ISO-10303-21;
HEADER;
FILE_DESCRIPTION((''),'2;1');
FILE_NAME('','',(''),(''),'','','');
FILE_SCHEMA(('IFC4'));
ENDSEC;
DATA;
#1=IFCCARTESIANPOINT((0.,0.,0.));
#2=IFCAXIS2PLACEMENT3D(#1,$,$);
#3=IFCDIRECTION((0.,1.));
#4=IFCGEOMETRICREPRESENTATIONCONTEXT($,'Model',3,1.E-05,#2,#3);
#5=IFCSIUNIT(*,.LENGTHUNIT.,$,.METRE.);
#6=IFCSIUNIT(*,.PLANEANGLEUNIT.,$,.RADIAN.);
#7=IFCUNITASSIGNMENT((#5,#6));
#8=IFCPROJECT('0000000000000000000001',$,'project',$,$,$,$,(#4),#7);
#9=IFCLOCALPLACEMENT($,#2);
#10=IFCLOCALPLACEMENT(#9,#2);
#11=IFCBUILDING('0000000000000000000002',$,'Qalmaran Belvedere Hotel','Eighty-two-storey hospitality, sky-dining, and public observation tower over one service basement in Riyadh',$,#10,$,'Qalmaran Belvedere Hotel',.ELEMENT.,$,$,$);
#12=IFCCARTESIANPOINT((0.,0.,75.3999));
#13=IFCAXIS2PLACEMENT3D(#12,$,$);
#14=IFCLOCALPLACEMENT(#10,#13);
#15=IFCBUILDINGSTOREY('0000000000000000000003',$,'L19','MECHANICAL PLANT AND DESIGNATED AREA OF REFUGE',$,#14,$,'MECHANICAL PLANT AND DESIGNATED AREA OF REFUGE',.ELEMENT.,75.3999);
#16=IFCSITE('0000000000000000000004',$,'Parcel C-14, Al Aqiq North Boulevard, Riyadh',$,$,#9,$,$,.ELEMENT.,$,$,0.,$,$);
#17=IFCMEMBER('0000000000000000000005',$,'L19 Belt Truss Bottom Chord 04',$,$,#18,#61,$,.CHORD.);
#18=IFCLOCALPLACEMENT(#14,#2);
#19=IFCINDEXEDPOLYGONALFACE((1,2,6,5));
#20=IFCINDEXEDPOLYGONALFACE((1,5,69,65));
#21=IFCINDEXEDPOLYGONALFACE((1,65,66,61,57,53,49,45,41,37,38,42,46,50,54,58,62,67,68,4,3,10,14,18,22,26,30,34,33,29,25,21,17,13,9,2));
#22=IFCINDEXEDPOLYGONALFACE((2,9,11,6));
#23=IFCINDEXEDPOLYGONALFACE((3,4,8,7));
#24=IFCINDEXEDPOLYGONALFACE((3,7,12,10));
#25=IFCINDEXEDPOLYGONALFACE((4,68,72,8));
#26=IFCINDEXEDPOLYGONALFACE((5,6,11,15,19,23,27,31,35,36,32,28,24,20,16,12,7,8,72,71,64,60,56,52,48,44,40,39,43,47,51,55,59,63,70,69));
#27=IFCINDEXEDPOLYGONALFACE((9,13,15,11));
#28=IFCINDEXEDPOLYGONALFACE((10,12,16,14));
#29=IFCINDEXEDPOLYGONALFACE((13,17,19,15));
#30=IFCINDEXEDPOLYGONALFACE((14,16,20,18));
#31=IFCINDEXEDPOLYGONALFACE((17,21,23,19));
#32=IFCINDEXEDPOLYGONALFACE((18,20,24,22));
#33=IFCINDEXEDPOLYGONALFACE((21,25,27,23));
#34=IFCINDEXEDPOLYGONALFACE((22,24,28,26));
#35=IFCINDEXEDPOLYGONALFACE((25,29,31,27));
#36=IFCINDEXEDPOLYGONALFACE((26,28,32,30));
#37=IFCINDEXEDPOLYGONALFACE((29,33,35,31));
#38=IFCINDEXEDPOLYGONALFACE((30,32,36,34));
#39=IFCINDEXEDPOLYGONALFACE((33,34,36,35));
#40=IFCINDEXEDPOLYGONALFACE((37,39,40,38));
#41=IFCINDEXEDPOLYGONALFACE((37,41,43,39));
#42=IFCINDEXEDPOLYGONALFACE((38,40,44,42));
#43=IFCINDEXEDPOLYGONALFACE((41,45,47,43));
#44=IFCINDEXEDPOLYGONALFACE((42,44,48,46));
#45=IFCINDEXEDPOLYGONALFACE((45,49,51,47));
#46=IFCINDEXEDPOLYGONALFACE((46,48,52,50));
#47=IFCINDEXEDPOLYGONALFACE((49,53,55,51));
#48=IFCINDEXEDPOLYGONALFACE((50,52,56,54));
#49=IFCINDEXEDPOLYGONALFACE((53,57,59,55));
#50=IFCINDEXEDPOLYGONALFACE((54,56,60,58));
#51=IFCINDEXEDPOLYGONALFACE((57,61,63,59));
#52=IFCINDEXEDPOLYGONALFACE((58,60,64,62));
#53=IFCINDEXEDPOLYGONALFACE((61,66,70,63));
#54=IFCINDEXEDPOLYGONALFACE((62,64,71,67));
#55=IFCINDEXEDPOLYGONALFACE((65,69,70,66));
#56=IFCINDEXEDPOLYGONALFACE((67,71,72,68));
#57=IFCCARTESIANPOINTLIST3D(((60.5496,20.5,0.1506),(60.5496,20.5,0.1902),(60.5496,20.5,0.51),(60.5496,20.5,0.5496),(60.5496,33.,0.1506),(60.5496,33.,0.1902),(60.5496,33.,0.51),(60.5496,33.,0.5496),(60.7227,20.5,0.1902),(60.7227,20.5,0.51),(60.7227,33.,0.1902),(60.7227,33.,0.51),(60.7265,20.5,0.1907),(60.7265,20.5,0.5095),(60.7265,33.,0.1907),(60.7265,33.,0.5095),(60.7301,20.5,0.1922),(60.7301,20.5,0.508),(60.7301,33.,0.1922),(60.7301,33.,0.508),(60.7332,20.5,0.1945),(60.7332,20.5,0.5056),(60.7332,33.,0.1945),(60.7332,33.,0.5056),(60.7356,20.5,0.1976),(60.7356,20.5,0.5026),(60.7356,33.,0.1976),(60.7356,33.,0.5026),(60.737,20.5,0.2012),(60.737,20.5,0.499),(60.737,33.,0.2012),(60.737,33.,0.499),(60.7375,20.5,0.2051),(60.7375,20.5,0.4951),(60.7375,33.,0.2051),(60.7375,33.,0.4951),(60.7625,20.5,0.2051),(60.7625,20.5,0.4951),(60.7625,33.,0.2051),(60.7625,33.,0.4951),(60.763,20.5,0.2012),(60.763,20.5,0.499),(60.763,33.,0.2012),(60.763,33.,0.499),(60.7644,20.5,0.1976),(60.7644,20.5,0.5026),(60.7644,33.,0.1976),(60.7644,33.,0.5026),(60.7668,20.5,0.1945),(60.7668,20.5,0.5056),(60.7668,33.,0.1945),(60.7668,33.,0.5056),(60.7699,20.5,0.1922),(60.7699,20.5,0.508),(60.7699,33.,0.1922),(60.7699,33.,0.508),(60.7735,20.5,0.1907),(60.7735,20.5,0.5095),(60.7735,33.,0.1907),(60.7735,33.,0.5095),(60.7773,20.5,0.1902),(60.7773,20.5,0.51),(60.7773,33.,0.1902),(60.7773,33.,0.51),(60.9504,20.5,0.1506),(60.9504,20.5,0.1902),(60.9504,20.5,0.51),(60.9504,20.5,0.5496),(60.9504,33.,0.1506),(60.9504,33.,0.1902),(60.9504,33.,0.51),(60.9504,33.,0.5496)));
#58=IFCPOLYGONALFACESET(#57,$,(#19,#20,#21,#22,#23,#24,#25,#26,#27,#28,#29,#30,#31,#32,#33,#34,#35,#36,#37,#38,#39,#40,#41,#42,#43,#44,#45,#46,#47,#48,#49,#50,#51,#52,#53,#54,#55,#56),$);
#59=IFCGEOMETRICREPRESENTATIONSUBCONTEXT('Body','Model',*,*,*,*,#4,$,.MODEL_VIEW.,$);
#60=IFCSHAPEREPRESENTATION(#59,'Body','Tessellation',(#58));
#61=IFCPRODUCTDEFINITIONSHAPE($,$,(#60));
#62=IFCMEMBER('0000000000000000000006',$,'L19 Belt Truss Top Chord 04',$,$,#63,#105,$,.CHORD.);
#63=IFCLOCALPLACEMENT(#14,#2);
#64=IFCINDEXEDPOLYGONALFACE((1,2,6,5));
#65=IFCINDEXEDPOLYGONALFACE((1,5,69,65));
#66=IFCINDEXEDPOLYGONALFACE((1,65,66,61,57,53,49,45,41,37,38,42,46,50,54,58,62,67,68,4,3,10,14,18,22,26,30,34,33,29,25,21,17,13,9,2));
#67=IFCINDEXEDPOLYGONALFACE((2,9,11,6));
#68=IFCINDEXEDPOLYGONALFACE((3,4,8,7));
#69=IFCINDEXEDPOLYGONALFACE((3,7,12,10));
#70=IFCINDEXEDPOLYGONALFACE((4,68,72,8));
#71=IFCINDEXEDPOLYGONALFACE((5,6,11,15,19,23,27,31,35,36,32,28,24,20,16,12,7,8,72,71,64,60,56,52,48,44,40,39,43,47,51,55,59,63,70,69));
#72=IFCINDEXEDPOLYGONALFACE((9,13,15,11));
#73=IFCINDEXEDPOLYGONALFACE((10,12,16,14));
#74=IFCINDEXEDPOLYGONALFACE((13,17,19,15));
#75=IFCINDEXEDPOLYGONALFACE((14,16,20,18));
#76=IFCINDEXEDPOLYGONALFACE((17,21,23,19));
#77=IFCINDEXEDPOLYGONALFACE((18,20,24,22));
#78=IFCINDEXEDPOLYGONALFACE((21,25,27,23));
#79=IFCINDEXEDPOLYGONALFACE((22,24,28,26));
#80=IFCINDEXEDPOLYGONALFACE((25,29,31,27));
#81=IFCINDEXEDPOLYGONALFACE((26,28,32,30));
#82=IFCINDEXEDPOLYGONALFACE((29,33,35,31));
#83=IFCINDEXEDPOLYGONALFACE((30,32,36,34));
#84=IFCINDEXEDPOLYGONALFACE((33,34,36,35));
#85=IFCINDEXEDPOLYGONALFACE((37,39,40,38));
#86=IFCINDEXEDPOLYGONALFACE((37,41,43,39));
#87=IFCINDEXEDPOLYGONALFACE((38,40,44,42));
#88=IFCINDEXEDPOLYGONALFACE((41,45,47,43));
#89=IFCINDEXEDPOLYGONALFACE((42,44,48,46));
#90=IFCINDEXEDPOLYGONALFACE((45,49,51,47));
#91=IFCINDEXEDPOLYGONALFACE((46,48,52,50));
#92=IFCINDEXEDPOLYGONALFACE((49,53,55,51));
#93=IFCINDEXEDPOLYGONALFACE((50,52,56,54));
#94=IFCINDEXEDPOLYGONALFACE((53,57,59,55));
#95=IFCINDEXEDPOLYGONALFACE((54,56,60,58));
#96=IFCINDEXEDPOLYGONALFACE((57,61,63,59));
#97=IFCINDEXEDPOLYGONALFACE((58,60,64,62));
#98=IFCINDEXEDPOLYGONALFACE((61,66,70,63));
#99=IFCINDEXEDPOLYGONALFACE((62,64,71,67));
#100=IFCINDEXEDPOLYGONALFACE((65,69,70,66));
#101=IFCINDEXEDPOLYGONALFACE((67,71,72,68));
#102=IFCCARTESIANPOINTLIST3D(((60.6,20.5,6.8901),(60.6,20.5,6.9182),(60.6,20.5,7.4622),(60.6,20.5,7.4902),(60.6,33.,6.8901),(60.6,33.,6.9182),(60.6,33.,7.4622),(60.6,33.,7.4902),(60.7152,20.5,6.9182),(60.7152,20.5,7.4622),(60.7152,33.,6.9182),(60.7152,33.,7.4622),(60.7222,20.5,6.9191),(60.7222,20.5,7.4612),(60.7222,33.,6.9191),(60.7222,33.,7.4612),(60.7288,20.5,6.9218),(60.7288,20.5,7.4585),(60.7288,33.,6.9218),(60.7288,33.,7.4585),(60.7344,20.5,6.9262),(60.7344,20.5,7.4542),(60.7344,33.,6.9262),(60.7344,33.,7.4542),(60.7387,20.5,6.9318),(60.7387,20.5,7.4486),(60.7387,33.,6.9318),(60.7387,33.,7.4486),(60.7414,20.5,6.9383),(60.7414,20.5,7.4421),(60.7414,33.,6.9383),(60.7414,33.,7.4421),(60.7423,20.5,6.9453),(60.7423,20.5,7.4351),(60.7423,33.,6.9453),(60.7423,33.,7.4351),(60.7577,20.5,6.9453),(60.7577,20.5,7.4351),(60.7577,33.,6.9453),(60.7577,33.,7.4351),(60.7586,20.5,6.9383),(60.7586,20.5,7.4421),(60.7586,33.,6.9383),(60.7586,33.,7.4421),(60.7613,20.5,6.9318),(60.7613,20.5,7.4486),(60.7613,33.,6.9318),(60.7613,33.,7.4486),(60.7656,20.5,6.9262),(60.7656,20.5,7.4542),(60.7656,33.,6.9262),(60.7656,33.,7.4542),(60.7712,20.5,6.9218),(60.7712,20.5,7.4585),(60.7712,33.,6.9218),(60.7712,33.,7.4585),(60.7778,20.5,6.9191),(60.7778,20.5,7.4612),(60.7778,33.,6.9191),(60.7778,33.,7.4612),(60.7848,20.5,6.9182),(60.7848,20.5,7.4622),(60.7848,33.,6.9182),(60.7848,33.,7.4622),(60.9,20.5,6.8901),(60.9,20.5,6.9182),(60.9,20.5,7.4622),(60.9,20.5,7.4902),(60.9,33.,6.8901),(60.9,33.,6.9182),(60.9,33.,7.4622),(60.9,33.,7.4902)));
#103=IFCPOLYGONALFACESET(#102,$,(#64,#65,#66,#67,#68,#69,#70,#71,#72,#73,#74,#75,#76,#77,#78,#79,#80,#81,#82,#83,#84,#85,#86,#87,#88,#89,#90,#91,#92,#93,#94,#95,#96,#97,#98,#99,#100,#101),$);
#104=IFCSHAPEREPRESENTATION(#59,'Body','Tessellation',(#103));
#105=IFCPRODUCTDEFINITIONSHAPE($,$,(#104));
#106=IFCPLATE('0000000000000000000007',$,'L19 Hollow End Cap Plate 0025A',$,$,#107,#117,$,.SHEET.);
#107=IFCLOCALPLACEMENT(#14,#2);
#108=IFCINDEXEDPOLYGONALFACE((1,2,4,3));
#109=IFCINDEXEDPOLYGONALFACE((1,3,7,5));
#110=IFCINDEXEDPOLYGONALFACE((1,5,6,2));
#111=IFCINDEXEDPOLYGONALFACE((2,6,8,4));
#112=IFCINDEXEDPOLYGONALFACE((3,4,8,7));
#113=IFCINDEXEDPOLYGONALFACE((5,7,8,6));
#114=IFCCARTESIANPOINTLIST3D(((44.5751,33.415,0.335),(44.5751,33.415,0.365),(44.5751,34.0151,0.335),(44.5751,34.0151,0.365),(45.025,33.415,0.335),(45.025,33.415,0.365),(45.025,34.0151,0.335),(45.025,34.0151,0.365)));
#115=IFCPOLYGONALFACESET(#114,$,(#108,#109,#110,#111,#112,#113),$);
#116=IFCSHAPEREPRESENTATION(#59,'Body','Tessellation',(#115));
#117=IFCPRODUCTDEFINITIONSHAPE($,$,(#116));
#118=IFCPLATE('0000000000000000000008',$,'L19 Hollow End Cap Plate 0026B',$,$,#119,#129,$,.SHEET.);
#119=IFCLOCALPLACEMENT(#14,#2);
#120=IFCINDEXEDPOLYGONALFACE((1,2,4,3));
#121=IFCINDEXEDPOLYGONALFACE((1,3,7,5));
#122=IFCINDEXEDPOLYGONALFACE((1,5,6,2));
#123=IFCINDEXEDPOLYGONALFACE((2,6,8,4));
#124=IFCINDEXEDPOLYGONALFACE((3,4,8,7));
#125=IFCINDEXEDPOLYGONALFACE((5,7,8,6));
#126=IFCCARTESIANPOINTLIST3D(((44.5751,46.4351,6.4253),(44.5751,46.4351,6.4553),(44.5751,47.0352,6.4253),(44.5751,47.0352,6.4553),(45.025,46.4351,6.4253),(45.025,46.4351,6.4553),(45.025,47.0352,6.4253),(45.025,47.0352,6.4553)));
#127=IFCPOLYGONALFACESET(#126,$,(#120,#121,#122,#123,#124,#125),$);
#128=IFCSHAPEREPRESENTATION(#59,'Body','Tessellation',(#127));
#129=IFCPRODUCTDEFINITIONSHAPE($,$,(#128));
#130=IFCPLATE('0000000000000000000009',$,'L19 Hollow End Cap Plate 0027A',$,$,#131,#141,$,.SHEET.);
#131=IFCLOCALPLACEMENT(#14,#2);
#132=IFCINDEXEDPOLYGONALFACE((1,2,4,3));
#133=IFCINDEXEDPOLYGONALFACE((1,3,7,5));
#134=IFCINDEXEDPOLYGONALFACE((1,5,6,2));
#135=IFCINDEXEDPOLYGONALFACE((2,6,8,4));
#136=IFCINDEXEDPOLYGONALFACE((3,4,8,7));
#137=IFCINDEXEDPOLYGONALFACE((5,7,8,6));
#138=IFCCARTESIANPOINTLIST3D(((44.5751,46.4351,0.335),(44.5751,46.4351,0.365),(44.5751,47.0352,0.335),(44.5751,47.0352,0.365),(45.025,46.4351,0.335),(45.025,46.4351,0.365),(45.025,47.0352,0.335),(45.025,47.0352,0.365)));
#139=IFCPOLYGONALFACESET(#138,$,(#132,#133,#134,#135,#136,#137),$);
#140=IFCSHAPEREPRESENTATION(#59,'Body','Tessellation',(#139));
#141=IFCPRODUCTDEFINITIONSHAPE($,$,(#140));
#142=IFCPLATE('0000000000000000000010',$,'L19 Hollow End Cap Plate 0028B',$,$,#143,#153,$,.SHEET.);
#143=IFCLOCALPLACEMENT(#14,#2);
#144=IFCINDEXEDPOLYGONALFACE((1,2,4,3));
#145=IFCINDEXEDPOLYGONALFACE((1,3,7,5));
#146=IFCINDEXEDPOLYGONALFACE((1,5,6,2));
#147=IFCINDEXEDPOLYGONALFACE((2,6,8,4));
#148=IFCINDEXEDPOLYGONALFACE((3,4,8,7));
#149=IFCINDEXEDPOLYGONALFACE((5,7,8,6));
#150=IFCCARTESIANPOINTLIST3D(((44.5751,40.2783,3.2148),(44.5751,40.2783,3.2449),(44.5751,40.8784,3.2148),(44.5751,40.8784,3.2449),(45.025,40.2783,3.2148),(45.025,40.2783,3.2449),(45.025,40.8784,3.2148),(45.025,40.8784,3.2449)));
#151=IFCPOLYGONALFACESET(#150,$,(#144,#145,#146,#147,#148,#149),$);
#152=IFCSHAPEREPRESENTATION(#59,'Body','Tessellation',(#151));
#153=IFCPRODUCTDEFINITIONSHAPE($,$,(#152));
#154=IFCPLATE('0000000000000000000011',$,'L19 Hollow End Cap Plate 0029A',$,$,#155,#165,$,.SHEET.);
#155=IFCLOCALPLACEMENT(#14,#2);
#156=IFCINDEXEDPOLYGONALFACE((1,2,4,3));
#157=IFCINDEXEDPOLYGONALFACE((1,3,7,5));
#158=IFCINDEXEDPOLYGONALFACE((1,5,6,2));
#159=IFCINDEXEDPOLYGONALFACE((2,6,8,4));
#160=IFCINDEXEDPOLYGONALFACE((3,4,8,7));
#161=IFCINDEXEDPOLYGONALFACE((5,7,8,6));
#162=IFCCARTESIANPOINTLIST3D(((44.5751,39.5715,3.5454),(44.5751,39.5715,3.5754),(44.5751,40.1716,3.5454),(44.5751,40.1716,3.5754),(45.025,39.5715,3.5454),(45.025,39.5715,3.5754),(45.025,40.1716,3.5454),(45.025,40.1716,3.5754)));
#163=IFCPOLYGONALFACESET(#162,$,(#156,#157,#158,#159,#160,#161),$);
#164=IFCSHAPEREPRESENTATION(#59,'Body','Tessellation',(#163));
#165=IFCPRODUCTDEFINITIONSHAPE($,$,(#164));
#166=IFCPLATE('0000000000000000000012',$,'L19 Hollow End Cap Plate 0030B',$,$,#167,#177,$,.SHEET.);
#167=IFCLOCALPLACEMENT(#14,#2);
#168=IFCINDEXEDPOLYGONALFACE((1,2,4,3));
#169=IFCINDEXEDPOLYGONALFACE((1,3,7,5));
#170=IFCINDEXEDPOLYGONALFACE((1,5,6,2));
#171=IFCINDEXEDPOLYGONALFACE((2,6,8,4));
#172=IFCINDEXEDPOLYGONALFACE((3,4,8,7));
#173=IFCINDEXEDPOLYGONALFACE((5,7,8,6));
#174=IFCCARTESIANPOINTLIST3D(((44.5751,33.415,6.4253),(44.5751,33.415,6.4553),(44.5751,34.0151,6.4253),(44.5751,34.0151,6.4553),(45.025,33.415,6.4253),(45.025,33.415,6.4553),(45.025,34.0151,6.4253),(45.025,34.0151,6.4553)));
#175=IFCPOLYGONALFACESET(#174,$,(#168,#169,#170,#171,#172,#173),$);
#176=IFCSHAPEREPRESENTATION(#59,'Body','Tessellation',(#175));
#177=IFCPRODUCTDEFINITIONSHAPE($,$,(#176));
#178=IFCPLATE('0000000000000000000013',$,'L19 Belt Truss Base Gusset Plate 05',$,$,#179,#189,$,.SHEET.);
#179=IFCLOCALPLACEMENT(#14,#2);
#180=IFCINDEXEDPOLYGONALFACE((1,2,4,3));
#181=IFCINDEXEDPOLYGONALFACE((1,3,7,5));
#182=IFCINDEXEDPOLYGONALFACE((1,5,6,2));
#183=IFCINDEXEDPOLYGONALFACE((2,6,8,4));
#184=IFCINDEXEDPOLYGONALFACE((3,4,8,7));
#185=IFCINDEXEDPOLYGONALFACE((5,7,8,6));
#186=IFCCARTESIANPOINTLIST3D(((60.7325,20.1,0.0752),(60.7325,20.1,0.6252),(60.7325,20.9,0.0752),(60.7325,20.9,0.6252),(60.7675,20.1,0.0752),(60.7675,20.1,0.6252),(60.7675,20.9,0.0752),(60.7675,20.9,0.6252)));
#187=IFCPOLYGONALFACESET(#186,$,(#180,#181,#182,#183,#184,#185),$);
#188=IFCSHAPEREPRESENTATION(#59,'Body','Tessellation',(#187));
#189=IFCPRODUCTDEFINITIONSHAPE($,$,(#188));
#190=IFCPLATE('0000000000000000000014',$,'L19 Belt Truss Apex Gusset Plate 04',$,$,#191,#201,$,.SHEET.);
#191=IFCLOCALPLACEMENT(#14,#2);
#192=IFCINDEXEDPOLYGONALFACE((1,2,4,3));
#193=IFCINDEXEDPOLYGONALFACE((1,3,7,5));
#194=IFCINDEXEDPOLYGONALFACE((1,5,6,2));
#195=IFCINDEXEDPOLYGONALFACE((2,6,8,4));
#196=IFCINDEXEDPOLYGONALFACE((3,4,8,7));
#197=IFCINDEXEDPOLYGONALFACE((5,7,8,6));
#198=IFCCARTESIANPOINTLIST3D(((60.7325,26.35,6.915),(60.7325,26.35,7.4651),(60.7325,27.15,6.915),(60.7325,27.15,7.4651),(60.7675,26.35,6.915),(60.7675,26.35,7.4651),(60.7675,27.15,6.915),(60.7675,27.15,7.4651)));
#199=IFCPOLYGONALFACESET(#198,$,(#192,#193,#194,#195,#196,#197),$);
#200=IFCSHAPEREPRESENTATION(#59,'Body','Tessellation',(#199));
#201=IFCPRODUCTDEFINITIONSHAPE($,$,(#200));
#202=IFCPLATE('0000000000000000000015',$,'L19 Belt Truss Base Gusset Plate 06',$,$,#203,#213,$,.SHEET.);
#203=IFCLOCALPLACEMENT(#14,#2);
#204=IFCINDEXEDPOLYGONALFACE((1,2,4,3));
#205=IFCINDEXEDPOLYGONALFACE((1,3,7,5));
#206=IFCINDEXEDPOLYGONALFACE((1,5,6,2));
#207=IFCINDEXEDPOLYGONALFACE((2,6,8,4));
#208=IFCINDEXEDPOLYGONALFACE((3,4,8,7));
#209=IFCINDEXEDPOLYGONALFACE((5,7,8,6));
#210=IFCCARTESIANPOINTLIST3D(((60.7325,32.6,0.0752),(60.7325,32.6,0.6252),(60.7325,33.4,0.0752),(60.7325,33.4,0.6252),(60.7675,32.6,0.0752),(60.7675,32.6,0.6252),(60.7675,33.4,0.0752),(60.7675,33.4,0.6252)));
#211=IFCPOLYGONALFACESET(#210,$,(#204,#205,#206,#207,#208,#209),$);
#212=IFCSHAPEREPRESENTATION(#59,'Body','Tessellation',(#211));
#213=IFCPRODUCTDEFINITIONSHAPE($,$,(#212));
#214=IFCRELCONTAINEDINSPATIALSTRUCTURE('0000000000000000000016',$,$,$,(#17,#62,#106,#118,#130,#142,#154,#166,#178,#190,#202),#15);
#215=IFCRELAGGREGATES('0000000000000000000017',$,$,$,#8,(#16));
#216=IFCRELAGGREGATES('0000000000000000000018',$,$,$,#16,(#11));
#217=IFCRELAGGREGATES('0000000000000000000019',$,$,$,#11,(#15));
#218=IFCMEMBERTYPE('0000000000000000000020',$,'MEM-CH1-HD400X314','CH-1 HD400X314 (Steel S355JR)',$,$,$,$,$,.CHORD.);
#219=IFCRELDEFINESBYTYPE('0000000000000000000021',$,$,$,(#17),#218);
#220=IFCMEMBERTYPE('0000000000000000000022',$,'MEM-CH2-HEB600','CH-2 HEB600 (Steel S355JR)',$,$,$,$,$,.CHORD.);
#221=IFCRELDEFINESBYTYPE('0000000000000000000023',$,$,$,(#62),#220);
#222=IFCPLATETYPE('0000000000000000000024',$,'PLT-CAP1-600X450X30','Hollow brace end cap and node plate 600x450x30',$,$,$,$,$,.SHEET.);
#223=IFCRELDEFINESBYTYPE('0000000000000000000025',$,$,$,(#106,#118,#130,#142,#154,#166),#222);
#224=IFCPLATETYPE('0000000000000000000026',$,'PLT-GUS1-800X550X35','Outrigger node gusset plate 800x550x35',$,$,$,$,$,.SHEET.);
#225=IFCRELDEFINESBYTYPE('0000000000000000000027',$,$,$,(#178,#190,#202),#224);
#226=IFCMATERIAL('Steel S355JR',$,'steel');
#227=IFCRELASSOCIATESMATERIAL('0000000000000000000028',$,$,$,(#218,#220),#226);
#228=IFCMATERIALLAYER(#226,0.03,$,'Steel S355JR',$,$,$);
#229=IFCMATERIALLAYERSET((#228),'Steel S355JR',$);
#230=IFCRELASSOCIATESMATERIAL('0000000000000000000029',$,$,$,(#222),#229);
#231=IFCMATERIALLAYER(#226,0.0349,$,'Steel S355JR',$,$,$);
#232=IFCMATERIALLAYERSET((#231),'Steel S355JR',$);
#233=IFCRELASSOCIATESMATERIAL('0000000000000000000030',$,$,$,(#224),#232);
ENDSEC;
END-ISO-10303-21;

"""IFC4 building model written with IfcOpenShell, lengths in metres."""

from ifc_helpers import new_model, si_unit, direction, frame, origin, origin_2d, place, context, subcontext, project, spatial, rectangle, i_section, extrude, material, layer, layer_set, material_profile, profile_set, type_object, element, save


model = new_model("IFC4")

# Units and contexts
model_context = context("Model", 3, precision=1e-05, world=origin(), true_north=direction((0.0, 1.0)))
body_context = subcontext(model_context, "Body", "Model", "MODEL_VIEW")
ifc_project = project(units=[si_unit("LENGTHUNIT", "METRE"), si_unit("PLANEANGLEUNIT", "RADIAN")], contexts=[model_context])

# Site, building, storey
site_placement = place(None, origin())
site = spatial("IfcSite", under=ifc_project, at=site_placement, Name="Parcel C-14, Al Aqiq North Boulevard, Riyadh", CompositionType="ELEMENT", RefElevation=0.0)
building_placement = place(site_placement, origin())
building = spatial("IfcBuilding", under=site, at=building_placement, Name="Qalmaran Belvedere Hotel", Description="Eighty-two-storey hospitality, sky-dining, and public observation tower over one service basement in Riyadh", LongName="Qalmaran Belvedere Hotel", CompositionType="ELEMENT")
storey_placement = place(building_placement, frame((0.0, 0.0, 75.3999)))
storey = spatial("IfcBuildingStorey", under=building, at=storey_placement, Name="L19", Description="MECHANICAL PLANT AND DESIGNATED AREA OF REFUGE", LongName="MECHANICAL PLANT AND DESIGNATED AREA OF REFUGE", CompositionType="ELEMENT", Elevation=75.3999)

# Shared definitions
ifc_material_1 = material(Name="Steel S355JR", Category="steel")

# Members
ifc_material_profile_1 = material_profile(ifc_material_1, i_section(OverallWidth=0.4009, OverallDepth=0.3989, WebThickness=0.0249, FlangeThickness=0.0396, FilletRadius=0.0149, at=origin_2d()), Name="HD400X314")
ifc_profile_set_1 = profile_set([ifc_material_profile_1], Name="Steel S355JR")
member_type_1 = type_object("IfcMemberType", Name="MEM-CH1-HD400X314", Description="CH-1 HD400X314 (Steel S355JR)", PredefinedType="CHORD", material=ifc_profile_set_1)
member_1_placement = place(storey_placement, frame((60.75, 20.5, 0.3501), z_axis=(0.0, 1.0, 0.0), x_axis=(-1.0, 0.0, 0.0)))
element("IfcMember", 1, at=member_1_placement, inside=storey, type_object=member_type_1, Name="L19 Belt Truss Bottom Chord 04", PredefinedType="CHORD", context=body_context, shape_type="SweptSolid", body=[
    extrude(i_section(OverallWidth=0.4009, OverallDepth=0.3989, WebThickness=0.0249, FlangeThickness=0.0396, FilletRadius=0.0149, at=origin_2d()), origin(), (0.0, 0.0, 1.0), 12.5),
])
ifc_material_profile_2 = material_profile(ifc_material_1, i_section(OverallWidth=0.3, OverallDepth=0.6001, WebThickness=0.0154, FlangeThickness=0.0281, FilletRadius=0.0271, at=origin_2d()), Name="HEB600")
ifc_profile_set_2 = profile_set([ifc_material_profile_2], Name="Steel S355JR")
member_type_2 = type_object("IfcMemberType", Name="MEM-CH2-HEB600", Description="CH-2 HEB600 (Steel S355JR)", PredefinedType="CHORD", material=ifc_profile_set_2)
member_2_placement = place(storey_placement, frame((60.75, 20.5, 7.1902), z_axis=(0.0, 1.0, 0.0), x_axis=(-1.0, 0.0, 0.0)))
element("IfcMember", 2, at=member_2_placement, inside=storey, type_object=member_type_2, Name="L19 Belt Truss Top Chord 04", PredefinedType="CHORD", context=body_context, shape_type="SweptSolid", body=[
    extrude(i_section(OverallWidth=0.3, OverallDepth=0.6001, WebThickness=0.0154, FlangeThickness=0.0281, FilletRadius=0.0271, at=origin_2d()), origin(), (0.0, 0.0, 1.0), 12.5),
])

# Plates
ifc_layer_1 = layer(ifc_material_1, 0.03, Name="Steel S355JR")
ifc_layer_set_1 = layer_set([ifc_layer_1], Name="Steel S355JR")
plate_type_1 = type_object("IfcPlateType", Name="PLT-CAP1-600X450X30", Description="Hollow brace end cap and node plate 600x450x30", PredefinedType="SHEET", material=ifc_layer_set_1)
for number, where, z_axis, x_axis, name in (
    (3, (44.8, 33.7151, 0.335), (0.0, 0.0, 1.0), (0.0, 1.0, 0.0), "L19 Hollow End Cap Plate 0025A"),
    (4, (44.8, 46.7351, 6.4253), (0.0, 0.0, 1.0), (0.0, 1.0, 0.0), "L19 Hollow End Cap Plate 0026B"),
    (5, (44.8, 46.7351, 0.335), (0.0, 0.0, 1.0), (0.0, -1.0, 0.0), "L19 Hollow End Cap Plate 0027A"),
    (6, (44.8, 40.5784, 3.2148), (0.0, 0.0, 1.0), (0.0, -1.0, 0.0), "L19 Hollow End Cap Plate 0028B"),
    (7, (44.8, 39.8716, 3.5454), (0.0, 0.0, 1.0), (0.0, -1.0, 0.0), "L19 Hollow End Cap Plate 0029A"),
    (8, (44.8, 33.7151, 6.4253), (0.0, 0.0, 1.0), (0.0, -1.0, 0.0), "L19 Hollow End Cap Plate 0030B"),
):
    element("IfcPlate", number, at=place(storey_placement, frame(where, z_axis=z_axis, x_axis=x_axis)), inside=storey, type_object=plate_type_1, Name=name, PredefinedType="SHEET", context=body_context, shape_type="SweptSolid", body=[
        extrude(rectangle(XDim=0.6001, YDim=0.45, at=origin_2d()), origin(), (0.0, 0.0, 1.0), 0.03),
    ])
ifc_layer_2 = layer(ifc_material_1, 0.0349, Name="Steel S355JR")
ifc_layer_set_2 = layer_set([ifc_layer_2], Name="Steel S355JR")
plate_type_2 = type_object("IfcPlateType", Name="PLT-GUS1-800X550X35", Description="Outrigger node gusset plate 800x550x35", PredefinedType="SHEET", material=ifc_layer_set_2)
for number, where, z_axis, x_axis, name in (
    (9, (60.75, 20.5, 0.0752), (0.0, 0.0, 1.0), (0.0, 1.0, 0.0), "L19 Belt Truss Base Gusset Plate 05"),
    (10, (60.75, 26.75, 6.915), (0.0, 0.0, 1.0), (0.0, 1.0, 0.0), "L19 Belt Truss Apex Gusset Plate 04"),
    (11, (60.75, 33.0, 0.0752), (0.0, 0.0, 1.0), (0.0, 1.0, 0.0), "L19 Belt Truss Base Gusset Plate 06"),
):
    element("IfcPlate", number, at=place(storey_placement, frame(where, z_axis=z_axis, x_axis=x_axis)), inside=storey, type_object=plate_type_2, Name=name, PredefinedType="SHEET", context=body_context, shape_type="SweptSolid", body=[
        extrude(rectangle(XDim=0.8, YDim=0.0349, at=origin_2d()), origin(), (0.0, 0.0, 1.0), 0.55),
    ])

save(model, "model.ifc")
